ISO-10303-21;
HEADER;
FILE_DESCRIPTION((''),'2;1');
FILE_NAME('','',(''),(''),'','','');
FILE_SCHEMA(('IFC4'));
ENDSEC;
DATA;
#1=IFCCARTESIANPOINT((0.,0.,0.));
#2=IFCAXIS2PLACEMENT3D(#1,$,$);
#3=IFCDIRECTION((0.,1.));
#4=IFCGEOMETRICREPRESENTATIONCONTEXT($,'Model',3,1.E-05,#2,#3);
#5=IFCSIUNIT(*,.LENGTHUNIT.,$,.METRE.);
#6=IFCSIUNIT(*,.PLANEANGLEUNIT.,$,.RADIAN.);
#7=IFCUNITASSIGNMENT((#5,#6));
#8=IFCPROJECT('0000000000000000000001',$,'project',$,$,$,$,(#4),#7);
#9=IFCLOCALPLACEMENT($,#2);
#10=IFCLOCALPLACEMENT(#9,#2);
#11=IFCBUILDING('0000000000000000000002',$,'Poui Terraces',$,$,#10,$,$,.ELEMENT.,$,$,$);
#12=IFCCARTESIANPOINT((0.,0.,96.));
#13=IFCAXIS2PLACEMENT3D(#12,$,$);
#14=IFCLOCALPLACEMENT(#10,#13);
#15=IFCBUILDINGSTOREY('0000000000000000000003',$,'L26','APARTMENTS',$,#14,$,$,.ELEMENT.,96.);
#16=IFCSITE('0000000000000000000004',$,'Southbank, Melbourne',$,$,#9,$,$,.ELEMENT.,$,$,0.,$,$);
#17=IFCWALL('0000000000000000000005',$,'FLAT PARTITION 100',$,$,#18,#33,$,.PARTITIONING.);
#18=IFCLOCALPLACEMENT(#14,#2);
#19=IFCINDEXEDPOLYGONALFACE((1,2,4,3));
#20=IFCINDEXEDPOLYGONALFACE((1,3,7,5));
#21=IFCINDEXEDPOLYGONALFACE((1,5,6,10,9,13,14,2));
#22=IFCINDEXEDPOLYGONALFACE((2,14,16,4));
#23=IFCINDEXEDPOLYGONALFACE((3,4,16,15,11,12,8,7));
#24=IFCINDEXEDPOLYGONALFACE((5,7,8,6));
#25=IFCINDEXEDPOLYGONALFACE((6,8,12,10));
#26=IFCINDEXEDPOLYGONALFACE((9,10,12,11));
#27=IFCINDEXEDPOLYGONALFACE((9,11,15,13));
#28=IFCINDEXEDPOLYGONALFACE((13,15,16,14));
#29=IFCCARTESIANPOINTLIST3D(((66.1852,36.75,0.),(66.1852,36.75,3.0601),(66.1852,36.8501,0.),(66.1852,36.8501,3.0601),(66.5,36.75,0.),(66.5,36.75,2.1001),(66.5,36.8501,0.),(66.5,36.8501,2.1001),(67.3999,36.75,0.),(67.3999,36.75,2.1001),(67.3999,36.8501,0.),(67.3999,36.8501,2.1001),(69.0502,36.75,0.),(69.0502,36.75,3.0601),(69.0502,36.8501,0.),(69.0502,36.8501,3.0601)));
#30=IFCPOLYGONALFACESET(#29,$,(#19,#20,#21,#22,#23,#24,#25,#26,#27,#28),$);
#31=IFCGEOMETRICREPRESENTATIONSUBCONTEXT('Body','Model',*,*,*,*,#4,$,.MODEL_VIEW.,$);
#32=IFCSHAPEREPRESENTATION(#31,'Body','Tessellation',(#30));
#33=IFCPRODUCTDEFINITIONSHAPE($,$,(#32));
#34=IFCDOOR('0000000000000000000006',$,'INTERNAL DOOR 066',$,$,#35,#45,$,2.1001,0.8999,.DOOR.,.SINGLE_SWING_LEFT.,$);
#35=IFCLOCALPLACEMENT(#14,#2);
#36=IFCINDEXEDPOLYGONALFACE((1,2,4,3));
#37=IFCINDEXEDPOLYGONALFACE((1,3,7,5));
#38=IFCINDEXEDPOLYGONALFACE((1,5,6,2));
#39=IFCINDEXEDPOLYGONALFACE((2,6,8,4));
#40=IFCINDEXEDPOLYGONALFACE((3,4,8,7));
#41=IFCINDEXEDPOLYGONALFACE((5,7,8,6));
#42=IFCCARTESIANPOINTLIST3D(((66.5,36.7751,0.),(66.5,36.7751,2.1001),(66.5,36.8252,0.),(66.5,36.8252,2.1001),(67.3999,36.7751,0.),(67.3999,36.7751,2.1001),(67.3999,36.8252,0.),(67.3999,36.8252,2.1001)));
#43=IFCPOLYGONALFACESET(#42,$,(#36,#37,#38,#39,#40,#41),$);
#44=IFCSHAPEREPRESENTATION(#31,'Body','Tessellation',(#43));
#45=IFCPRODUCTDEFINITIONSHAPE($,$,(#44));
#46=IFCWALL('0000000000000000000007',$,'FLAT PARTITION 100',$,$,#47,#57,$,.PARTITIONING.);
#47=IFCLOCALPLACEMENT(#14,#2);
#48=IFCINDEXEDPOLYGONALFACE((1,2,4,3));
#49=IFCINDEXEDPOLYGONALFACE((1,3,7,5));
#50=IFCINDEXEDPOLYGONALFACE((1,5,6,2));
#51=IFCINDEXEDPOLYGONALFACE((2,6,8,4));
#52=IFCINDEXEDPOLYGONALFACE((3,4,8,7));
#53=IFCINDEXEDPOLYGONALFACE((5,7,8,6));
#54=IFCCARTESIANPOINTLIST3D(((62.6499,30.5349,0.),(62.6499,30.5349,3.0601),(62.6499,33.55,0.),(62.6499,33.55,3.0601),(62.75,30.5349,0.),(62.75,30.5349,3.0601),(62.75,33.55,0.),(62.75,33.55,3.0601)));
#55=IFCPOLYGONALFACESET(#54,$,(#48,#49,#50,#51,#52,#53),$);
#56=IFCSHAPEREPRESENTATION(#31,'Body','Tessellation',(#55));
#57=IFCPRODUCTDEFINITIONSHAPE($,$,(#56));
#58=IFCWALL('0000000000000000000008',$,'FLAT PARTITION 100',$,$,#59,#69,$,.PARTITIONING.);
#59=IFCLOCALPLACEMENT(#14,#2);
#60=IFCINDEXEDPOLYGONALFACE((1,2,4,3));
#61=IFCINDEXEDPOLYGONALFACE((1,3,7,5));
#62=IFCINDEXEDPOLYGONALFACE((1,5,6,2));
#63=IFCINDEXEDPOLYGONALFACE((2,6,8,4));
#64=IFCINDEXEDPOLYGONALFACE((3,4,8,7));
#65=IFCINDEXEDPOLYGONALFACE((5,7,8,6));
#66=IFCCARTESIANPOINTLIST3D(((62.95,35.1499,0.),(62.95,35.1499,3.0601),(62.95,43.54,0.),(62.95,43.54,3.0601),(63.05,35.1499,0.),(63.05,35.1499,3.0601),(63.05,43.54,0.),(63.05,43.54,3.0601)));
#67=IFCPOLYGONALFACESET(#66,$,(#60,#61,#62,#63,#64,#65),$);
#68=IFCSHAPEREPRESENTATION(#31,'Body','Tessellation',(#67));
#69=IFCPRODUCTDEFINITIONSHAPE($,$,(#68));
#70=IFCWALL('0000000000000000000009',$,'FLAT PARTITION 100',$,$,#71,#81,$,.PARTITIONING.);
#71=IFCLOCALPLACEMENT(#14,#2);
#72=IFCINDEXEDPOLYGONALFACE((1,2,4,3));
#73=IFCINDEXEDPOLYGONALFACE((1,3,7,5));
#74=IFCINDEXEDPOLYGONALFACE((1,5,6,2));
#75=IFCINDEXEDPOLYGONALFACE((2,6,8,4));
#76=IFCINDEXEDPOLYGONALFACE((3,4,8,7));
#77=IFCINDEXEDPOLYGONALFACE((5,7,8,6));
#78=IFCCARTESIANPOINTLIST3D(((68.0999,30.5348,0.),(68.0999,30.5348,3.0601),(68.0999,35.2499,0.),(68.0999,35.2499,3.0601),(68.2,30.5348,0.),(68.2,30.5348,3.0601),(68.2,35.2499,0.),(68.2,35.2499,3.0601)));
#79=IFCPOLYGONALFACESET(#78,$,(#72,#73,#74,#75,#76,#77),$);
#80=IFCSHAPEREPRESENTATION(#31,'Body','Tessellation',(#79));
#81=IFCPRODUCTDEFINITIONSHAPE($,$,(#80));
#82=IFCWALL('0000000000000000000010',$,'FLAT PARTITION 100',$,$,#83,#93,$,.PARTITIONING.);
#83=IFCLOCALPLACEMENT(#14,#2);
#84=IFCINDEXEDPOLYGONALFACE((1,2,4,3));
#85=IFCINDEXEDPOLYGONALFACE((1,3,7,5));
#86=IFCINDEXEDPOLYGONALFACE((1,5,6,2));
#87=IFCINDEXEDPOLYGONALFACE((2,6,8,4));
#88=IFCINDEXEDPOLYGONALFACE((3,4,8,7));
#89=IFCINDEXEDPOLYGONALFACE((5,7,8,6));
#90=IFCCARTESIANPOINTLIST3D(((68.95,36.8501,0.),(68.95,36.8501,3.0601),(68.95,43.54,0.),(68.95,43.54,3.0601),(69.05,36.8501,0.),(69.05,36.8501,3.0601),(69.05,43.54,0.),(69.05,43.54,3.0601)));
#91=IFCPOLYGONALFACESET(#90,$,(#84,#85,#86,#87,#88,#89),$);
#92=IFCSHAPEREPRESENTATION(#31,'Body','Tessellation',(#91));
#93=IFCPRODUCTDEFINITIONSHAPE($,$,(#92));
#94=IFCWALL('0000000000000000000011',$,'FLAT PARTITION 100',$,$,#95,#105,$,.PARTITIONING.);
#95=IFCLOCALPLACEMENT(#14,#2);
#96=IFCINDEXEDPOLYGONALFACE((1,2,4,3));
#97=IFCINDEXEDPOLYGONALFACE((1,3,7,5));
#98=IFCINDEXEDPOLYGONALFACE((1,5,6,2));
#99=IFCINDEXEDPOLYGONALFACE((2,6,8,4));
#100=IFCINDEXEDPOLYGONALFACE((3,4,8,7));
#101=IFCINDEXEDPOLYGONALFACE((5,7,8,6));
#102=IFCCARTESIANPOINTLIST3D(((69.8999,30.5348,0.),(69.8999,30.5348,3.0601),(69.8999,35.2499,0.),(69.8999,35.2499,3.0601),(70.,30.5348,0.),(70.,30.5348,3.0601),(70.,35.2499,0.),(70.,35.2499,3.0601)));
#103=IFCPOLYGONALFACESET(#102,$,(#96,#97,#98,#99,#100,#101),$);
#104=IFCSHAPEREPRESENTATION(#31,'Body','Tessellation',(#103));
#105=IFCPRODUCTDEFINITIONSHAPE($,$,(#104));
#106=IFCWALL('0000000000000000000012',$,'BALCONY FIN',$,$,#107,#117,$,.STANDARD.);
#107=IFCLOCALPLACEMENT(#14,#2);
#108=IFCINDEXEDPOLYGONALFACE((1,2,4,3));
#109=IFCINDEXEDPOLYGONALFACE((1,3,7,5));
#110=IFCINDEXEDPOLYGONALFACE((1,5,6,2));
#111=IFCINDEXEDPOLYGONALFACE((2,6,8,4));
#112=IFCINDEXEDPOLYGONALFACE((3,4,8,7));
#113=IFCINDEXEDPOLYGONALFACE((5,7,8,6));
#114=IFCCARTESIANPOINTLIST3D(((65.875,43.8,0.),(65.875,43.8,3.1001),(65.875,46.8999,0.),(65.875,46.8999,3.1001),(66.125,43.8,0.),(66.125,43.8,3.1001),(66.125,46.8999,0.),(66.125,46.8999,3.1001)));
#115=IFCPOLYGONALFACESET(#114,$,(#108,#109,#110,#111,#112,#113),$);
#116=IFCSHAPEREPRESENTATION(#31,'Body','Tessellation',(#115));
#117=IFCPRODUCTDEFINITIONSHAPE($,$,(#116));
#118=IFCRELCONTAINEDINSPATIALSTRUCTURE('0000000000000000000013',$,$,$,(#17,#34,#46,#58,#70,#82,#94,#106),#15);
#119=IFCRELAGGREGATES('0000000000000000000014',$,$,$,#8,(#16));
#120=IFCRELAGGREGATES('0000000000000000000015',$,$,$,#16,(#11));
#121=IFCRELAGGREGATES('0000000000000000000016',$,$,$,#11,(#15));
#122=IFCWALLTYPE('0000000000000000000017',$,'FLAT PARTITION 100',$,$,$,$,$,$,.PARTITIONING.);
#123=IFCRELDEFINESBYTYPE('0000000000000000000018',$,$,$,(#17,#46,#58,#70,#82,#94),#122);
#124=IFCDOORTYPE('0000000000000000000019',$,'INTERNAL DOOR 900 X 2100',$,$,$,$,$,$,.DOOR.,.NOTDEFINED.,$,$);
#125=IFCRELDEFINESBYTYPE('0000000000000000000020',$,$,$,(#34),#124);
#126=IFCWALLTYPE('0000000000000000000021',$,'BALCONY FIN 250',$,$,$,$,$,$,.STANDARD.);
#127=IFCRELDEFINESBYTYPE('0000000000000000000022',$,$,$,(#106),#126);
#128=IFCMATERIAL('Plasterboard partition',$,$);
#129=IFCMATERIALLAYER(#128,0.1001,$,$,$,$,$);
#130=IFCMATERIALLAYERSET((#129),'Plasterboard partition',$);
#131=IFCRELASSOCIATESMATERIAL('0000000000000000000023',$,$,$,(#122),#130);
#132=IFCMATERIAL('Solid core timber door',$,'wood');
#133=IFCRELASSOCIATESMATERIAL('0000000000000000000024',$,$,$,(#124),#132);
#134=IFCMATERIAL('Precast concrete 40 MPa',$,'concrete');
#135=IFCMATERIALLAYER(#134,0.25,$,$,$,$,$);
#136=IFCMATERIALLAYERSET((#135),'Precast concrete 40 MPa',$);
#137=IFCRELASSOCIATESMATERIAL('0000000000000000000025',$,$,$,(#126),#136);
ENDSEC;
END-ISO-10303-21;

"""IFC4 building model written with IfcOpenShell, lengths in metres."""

from ifc_helpers import new_model, si_unit, direction, frame, frame_2d, origin, place, context, subcontext, project, spatial, polyline, rectangle, outline, extrude, source, transform, mapped, material, layer, layer_set, type_object, element, fill, save


model = new_model("IFC4")

# Units and contexts
model_context = context("Model", 3, precision=1e-05, world=origin(), true_north=direction((0.0, 1.0)))
body_context = subcontext(model_context, "Body", "Model", "MODEL_VIEW")
ifc_project = project(units=[si_unit("LENGTHUNIT", "METRE"), si_unit("PLANEANGLEUNIT", "RADIAN")], contexts=[model_context])

# Site, building, storey
site_placement = place(None, origin())
site = spatial("IfcSite", under=ifc_project, at=site_placement, Name="Southbank, Melbourne", CompositionType="ELEMENT", RefElevation=0.0)
building_placement = place(site_placement, origin())
building = spatial("IfcBuilding", under=site, at=building_placement, Name="Poui Terraces", CompositionType="ELEMENT")
storey_placement = place(building_placement, frame((0.0, 0.0, 96.0)))
storey = spatial("IfcBuildingStorey", under=building, at=storey_placement, Name="L26", Description="APARTMENTS", CompositionType="ELEMENT", Elevation=96.0)

# Shared definitions
ifc_material_1 = material(Name="Plasterboard partition")
ifc_layer_1 = layer(ifc_material_1, 0.1001)
ifc_layer_set_1 = layer_set([ifc_layer_1], Name="Plasterboard partition")
wall_type_1 = type_object("IfcWallType", Name="FLAT PARTITION 100", PredefinedType="PARTITIONING", material=ifc_layer_set_1)
ifc_material_2 = material(Name="Solid core timber door", Category="wood")

# Shared definitions
door_type_1 = type_object("IfcDoorType", Name="INTERNAL DOOR 900 X 2100", OperationType="NOTDEFINED", PredefinedType="DOOR", material=ifc_material_2)

# Wall, opening, door
wall_1_placement = place(storey_placement, frame((66.1851, 36.8, 0.0), z_axis=(0.0, 0.0, 1.0), x_axis=(1.0, 0.0, 0.0)))
wall_1 = element("IfcWall", 1, at=wall_1_placement, inside=storey, type_object=wall_type_1, Name="FLAT PARTITION 100", PredefinedType="PARTITIONING", context=body_context, shape_type="SweptSolid", body=[
    extrude(rectangle(XDim=2.865, YDim=0.1001, at=frame_2d((1.4326, 0.0))), origin(), (0.0, 0.0, 1.0), 3.0601),
])
opening_1_placement = place(wall_1_placement, frame((0.3149, 0.0, 0.0)))
opening_1 = element("IfcOpeningElement", 2, at=opening_1_placement, cuts=wall_1, PredefinedType="OPENING", context=body_context, shape_type="SweptSolid", body=[
    extrude(rectangle(XDim=0.8999, YDim=2.1001, at=frame_2d((0.45, 1.05))), frame((0.0, 0.0601, 0.0), z_axis=(0.0, -1.0, 0.0), x_axis=(1.0, 0.0, 0.0)), (0.0, 0.0, 1.0), 0.1201),
])
door_1_placement = place(opening_1_placement, frame((0.8999, 0.0, 0.0), z_axis=(0.0, 0.0, 1.0), x_axis=(-1.0, 0.0, 0.0)))
door_1 = element("IfcDoor", 3, at=door_1_placement, inside=storey, type_object=door_type_1, Name="INTERNAL DOOR 066", OperationType="SINGLE_SWING_LEFT", OverallHeight=2.1001, OverallWidth=0.8999, PredefinedType="DOOR", context=body_context, shape_type="SweptSolid", body=[
    extrude(rectangle(XDim=0.8999, YDim=2.1001, at=frame_2d((0.45, 1.05))), frame((0.0, 0.0249, 0.0), z_axis=(0.0, -1.0, 0.0), x_axis=(1.0, 0.0, 0.0)), (0.0, 0.0, 1.0), 0.05),
])
fill(opening_1, door_1)

# Walls
wall_2_placement = place(storey_placement, frame((62.7, 30.5349, 0.0), z_axis=(0.0, 0.0, 1.0), x_axis=(0.0, 1.0, 0.0)))
element("IfcWall", 4, at=wall_2_placement, inside=storey, type_object=wall_type_1, Name="FLAT PARTITION 100", PredefinedType="PARTITIONING", context=body_context, shape_type="SweptSolid", body=[
    extrude(rectangle(XDim=3.0151, YDim=0.1001, at=frame_2d((1.5076, 0.0))), origin(), (0.0, 0.0, 1.0), 3.0601),
])
wall_3_placement = place(storey_placement, frame((63.0, 35.1499, 0.0), z_axis=(0.0, 0.0, 1.0), x_axis=(0.0, 1.0, 0.0)))
element("IfcWall", 5, at=wall_3_placement, inside=storey, type_object=wall_type_1, Name="FLAT PARTITION 100", PredefinedType="PARTITIONING", context=body_context, shape_type="SweptSolid", body=[
    extrude(rectangle(XDim=8.3901, YDim=0.1001, at=frame_2d((4.1951, 0.0))), origin(), (0.0, 0.0, 1.0), 3.0601),
])
wall_4_placement = place(storey_placement, frame((68.1499, 30.5349, 0.0), z_axis=(0.0, 0.0, 1.0), x_axis=(0.0, 1.0, 0.0)))
element("IfcWall", 6, at=wall_4_placement, inside=storey, type_object=wall_type_1, Name="FLAT PARTITION 100", PredefinedType="PARTITIONING", context=body_context, shape_type="SweptSolid", body=[
    extrude(rectangle(XDim=4.7151, YDim=0.1001, at=frame_2d((2.3574, 0.0))), origin(), (0.0, 0.0, 1.0), 3.0601),
])
wall_5_placement = place(storey_placement, frame((69.0, 36.8501, 0.0), z_axis=(0.0, 0.0, 1.0), x_axis=(0.0, 1.0, 0.0)))
element("IfcWall", 7, at=wall_5_placement, inside=storey, type_object=wall_type_1, Name="FLAT PARTITION 100", PredefinedType="PARTITIONING", context=body_context, shape_type="SweptSolid", body=[
    extrude(rectangle(XDim=6.6899, YDim=0.1001, at=frame_2d((3.345, 0.0))), origin(), (0.0, 0.0, 1.0), 3.0601),
])
wall_6_placement = place(storey_placement, frame((69.95, 30.5349, 0.0), z_axis=(0.0, 0.0, 1.0), x_axis=(0.0, 1.0, 0.0)))
element("IfcWall", 8, at=wall_6_placement, inside=storey, type_object=wall_type_1, Name="FLAT PARTITION 100", PredefinedType="PARTITIONING", context=body_context, shape_type="SweptSolid", body=[
    extrude(rectangle(XDim=4.7151, YDim=0.1001, at=frame_2d((2.3574, 0.0))), origin(), (0.0, 0.0, 1.0), 3.0601),
])
ifc_material_3 = material(Name="Precast concrete 40 MPa", Category="concrete")
ifc_layer_2 = layer(ifc_material_3, 0.25)
ifc_layer_set_2 = layer_set([ifc_layer_2], Name="Precast concrete 40 MPa")
wall_type_2 = type_object("IfcWallType", Name="BALCONY FIN 250", PredefinedType="STANDARD", material=ifc_layer_set_2)
shared_shape_1 = source(origin(), body_context, "Body", "SweptSolid", [
    extrude(outline(polyline([(0.0, 0.0), (0.25, 0.0), (0.25, 3.0999), (0.0, 3.0999), (0.0, 0.0)])), origin(), (0.0, 0.0, 1.0), 3.1001),
])
wall_7_placement = place(storey_placement, frame((65.875, 43.8, 0.0)))
element("IfcWall", 9, at=wall_7_placement, inside=storey, type_object=wall_type_2, Name="BALCONY FIN", PredefinedType="STANDARD", context=body_context, shape_type="MappedRepresentation", body=[
    mapped(shared_shape_1, transform((0.0, 0.0, 0.0))),
])

save(model, "model.ifc")
